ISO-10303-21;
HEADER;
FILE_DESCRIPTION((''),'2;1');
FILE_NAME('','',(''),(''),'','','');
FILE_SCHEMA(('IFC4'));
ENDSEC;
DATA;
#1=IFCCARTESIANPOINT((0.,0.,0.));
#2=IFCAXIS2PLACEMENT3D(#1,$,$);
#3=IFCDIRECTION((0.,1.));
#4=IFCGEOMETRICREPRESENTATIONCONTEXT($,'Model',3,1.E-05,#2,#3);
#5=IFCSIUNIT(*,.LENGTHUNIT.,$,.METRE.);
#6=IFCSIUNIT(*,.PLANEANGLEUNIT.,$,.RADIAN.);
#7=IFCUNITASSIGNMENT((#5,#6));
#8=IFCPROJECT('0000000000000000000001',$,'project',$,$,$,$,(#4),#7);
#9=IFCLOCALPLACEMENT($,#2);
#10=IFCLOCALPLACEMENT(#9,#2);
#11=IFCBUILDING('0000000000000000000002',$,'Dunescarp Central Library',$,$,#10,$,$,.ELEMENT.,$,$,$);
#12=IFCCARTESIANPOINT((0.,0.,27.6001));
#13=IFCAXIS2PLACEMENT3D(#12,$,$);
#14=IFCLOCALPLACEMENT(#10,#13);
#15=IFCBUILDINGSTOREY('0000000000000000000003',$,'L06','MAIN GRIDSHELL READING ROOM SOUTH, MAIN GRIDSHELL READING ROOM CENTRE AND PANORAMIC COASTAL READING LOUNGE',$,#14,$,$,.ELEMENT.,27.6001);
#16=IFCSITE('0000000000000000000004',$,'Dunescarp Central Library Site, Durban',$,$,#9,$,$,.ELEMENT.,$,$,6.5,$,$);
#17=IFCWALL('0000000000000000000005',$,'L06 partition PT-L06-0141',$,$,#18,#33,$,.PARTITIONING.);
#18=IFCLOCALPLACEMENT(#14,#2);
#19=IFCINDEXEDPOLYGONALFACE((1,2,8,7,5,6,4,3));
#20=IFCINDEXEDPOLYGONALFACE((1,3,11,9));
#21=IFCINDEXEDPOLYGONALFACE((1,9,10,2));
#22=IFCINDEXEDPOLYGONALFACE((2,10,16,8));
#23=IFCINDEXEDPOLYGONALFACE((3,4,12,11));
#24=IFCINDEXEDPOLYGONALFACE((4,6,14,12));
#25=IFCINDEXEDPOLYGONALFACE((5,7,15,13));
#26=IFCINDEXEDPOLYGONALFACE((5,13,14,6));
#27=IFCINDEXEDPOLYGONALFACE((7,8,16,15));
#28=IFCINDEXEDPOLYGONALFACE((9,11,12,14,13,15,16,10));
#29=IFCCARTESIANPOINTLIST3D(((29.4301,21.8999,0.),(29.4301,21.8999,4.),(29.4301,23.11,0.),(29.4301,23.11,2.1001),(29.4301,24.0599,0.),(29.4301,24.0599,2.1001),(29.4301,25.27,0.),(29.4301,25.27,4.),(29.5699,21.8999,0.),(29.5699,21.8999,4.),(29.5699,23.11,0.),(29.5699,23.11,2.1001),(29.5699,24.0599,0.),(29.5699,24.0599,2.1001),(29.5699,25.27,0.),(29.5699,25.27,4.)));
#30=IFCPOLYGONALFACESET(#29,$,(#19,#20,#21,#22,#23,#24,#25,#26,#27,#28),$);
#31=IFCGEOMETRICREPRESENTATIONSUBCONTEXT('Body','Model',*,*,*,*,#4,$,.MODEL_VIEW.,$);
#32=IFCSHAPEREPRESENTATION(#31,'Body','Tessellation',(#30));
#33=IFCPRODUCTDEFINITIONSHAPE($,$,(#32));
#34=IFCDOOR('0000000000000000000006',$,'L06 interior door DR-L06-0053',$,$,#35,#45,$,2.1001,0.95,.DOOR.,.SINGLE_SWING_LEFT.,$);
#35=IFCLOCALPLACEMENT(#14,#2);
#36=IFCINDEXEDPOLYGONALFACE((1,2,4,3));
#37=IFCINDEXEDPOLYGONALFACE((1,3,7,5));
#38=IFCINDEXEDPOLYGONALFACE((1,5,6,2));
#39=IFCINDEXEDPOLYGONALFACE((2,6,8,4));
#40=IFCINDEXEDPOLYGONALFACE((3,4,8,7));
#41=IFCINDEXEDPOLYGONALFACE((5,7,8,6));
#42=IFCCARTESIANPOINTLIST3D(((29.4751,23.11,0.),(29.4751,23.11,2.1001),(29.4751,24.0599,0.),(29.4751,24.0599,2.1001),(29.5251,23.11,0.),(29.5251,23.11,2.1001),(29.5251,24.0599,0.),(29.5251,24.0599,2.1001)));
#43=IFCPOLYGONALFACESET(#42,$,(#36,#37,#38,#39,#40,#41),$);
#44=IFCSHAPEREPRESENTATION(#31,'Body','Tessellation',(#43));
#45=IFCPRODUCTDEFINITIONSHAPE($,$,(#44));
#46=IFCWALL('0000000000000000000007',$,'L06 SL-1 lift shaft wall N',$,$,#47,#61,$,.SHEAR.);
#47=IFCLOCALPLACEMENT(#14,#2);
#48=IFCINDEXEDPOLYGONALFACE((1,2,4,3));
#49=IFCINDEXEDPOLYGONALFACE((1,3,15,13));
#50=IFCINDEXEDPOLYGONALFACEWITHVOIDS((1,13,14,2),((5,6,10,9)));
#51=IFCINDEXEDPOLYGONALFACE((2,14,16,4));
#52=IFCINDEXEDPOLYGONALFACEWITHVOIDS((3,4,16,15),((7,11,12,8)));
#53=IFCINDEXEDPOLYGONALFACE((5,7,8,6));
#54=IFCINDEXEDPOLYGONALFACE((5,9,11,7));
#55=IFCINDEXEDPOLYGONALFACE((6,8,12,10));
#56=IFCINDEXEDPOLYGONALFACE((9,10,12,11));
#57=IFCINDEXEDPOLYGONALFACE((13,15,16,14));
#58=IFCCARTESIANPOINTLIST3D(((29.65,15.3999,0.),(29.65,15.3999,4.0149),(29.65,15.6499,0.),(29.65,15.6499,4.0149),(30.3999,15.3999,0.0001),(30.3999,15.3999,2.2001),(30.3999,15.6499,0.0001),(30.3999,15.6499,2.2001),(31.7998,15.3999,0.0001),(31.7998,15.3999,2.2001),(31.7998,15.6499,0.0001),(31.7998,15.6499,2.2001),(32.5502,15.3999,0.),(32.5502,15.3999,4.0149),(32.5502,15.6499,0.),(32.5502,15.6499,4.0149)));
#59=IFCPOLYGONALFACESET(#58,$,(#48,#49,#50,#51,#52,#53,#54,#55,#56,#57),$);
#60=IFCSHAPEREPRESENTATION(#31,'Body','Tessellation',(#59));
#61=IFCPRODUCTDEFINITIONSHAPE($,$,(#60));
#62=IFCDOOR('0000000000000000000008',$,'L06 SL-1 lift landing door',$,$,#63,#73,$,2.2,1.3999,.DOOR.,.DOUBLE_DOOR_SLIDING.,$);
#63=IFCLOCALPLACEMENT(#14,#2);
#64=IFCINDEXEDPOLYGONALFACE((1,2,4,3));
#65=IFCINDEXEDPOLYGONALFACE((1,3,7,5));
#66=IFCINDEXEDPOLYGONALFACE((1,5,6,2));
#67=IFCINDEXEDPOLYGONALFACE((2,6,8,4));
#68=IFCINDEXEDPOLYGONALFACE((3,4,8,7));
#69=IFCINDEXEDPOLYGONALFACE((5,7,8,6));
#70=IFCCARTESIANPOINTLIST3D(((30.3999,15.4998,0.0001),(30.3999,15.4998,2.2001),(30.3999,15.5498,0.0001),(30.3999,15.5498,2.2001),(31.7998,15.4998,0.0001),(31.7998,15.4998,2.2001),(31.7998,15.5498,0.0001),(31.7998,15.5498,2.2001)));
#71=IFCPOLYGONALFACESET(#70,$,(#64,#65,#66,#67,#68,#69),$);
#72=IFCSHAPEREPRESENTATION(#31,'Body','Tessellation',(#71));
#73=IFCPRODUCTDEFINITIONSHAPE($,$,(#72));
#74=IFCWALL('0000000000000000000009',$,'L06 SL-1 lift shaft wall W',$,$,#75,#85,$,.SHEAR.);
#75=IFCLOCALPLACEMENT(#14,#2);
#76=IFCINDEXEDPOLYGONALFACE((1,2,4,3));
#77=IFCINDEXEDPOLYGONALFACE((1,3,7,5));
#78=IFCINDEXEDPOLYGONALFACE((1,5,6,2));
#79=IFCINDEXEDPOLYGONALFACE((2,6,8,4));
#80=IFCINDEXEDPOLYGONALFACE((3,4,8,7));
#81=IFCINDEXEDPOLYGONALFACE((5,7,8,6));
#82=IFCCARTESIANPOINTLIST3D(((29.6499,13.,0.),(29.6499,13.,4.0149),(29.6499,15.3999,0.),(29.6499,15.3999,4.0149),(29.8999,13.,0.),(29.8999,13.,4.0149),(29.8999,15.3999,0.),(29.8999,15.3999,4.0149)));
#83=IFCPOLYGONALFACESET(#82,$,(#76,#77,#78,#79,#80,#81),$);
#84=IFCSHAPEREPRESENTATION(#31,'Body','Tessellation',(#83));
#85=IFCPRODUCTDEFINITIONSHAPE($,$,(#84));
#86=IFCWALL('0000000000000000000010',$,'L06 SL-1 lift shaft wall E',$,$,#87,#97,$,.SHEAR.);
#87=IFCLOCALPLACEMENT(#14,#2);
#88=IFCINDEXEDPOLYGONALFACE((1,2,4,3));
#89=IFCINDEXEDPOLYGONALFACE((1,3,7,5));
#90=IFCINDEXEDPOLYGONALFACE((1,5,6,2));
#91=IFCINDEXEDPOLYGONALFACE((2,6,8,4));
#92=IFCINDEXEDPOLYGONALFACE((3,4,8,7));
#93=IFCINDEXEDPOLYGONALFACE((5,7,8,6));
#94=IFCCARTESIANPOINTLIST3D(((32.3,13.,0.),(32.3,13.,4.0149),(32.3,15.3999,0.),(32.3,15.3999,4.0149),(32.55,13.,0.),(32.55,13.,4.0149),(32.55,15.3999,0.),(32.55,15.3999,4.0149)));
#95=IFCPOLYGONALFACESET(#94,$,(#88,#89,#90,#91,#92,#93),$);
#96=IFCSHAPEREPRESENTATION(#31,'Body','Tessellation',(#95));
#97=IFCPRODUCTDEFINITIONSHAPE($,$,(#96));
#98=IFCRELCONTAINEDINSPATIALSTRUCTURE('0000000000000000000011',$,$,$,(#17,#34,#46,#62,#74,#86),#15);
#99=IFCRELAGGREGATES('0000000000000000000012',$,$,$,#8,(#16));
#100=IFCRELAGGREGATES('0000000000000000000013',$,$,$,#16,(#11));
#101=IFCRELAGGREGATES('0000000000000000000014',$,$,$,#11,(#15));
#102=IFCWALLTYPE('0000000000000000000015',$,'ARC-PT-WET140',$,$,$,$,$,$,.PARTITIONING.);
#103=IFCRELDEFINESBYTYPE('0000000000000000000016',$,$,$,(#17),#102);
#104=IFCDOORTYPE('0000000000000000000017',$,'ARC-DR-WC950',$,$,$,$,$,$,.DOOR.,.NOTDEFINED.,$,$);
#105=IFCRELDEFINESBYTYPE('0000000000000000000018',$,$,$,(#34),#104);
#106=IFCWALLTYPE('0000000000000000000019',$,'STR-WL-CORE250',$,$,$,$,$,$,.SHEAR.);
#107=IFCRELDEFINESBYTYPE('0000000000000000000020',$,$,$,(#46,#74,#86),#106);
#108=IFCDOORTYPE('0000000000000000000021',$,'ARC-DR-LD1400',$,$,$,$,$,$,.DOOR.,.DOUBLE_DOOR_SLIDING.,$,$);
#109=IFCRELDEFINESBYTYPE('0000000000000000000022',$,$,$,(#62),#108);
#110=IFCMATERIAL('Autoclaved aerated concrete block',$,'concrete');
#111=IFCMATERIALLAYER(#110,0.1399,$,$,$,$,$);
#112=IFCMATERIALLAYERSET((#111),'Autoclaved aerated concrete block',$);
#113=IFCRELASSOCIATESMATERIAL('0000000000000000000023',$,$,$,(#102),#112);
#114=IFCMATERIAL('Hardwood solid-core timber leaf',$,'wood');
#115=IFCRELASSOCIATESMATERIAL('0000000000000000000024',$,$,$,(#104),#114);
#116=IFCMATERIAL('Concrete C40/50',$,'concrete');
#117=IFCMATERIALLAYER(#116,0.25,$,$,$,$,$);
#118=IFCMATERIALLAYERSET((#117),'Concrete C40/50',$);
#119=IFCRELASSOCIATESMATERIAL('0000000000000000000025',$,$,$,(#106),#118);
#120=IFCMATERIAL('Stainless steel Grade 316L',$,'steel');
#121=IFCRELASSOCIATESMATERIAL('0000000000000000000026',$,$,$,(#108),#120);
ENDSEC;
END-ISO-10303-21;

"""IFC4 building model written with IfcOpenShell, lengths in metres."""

from ifc_helpers import new_model, si_unit, direction, frame, frame_2d, origin, place, context, subcontext, project, spatial, rectangle, extrude, material, layer, layer_set, type_object, element, fill, save


model = new_model("IFC4")

# Units and contexts
model_context = context("Model", 3, precision=1e-05, world=origin(), true_north=direction((0.0, 1.0)))
body_context = subcontext(model_context, "Body", "Model", "MODEL_VIEW")
ifc_project = project(units=[si_unit("LENGTHUNIT", "METRE"), si_unit("PLANEANGLEUNIT", "RADIAN")], contexts=[model_context])

# Site, building, storey
site_placement = place(None, origin())
site = spatial("IfcSite", under=ifc_project, at=site_placement, Name="Dunescarp Central Library Site, Durban", CompositionType="ELEMENT", RefElevation=6.5)
building_placement = place(site_placement, origin())
building = spatial("IfcBuilding", under=site, at=building_placement, Name="Dunescarp Central Library", CompositionType="ELEMENT")
storey_placement = place(building_placement, frame((0.0, 0.0, 27.6001)))
storey = spatial("IfcBuildingStorey", under=building, at=storey_placement, Name="L06", Description="MAIN GRIDSHELL READING ROOM SOUTH, MAIN GRIDSHELL READING ROOM CENTRE AND PANORAMIC COASTAL READING LOUNGE", CompositionType="ELEMENT", Elevation=27.6001)

# Shared definitions
ifc_material_1 = material(Name="Autoclaved aerated concrete block", Category="concrete")
ifc_layer_1 = layer(ifc_material_1, 0.1399)
ifc_layer_set_1 = layer_set([ifc_layer_1], Name="Autoclaved aerated concrete block")
wall_type_1 = type_object("IfcWallType", Name="ARC-PT-WET140", PredefinedType="PARTITIONING", material=ifc_layer_set_1)

# Shared definitions
ifc_material_2 = material(Name="Hardwood solid-core timber leaf", Category="wood")
door_type_1 = type_object("IfcDoorType", Name="ARC-DR-WC950", OperationType="NOTDEFINED", PredefinedType="DOOR", material=ifc_material_2)

# Walls, openings, doors
wall_1_placement = place(storey_placement, frame((29.5, 21.8999, 0.0), z_axis=(0.0, 0.0, 1.0), x_axis=(0.0, 1.0, 0.0)))
wall_1 = element("IfcWall", 1, at=wall_1_placement, inside=storey, type_object=wall_type_1, Name="L06 partition PT-L06-0141", PredefinedType="PARTITIONING", context=body_context, shape_type="SweptSolid", body=[
    extrude(rectangle(XDim=3.3701, YDim=0.1399, at=frame_2d((1.6851, 0.0))), origin(), (0.0, 0.0, 1.0), 4.0),
])
opening_1_placement = place(wall_1_placement, frame((1.21, 0.0, 0.0)))
opening_1 = element("IfcOpeningElement", 2, at=opening_1_placement, cuts=wall_1, PredefinedType="OPENING", context=body_context, shape_type="SweptSolid", body=[
    extrude(rectangle(XDim=0.95, YDim=2.1001, at=frame_2d((0.4751, 1.05))), frame((0.0, 0.0801, 0.0), z_axis=(0.0, -1.0, 0.0), x_axis=(1.0, 0.0, 0.0)), (0.0, 0.0, 1.0), 0.1599),
])
door_1_placement = place(opening_1_placement, origin())
door_1 = element("IfcDoor", 3, at=door_1_placement, inside=storey, type_object=door_type_1, Name="L06 interior door DR-L06-0053", OperationType="SINGLE_SWING_LEFT", OverallHeight=2.1001, OverallWidth=0.95, PredefinedType="DOOR", context=body_context, shape_type="SweptSolid", body=[
    extrude(rectangle(XDim=0.95, YDim=2.1001, at=frame_2d((0.4751, 1.05))), frame((0.0, 0.0249, 0.0), z_axis=(0.0, -1.0, 0.0), x_axis=(1.0, 0.0, 0.0)), (0.0, 0.0, 1.0), 0.05),
])
fill(opening_1, door_1)
ifc_material_3 = material(Name="Concrete C40/50", Category="concrete")
ifc_layer_2 = layer(ifc_material_3, 0.25)
ifc_layer_set_2 = layer_set([ifc_layer_2], Name="Concrete C40/50")
wall_type_2 = type_object("IfcWallType", Name="STR-WL-CORE250", PredefinedType="SHEAR", material=ifc_layer_set_2)
wall_2_placement = place(storey_placement, frame((29.6499, 15.5249, 0.0), z_axis=(0.0, 0.0, 1.0), x_axis=(1.0, 0.0, 0.0)))
wall_2 = element("IfcWall", 4, at=wall_2_placement, inside=storey, type_object=wall_type_2, Name="L06 SL-1 lift shaft wall N", PredefinedType="SHEAR", context=body_context, shape_type="SweptSolid", body=[
    extrude(rectangle(XDim=2.9001, YDim=0.25, at=frame_2d((1.4502, 0.0))), origin(), (0.0, 0.0, 1.0), 4.0149),
])
opening_2_placement = place(wall_2_placement, frame((0.75, 0.0, 0.0)))
opening_2 = element("IfcOpeningElement", 5, at=opening_2_placement, cuts=wall_2, PredefinedType="OPENING", context=body_context, shape_type="SweptSolid", body=[
    extrude(rectangle(XDim=1.3999, YDim=2.2, at=frame_2d((0.7, 1.1001))), frame((0.0, 0.135, 0.0), z_axis=(0.0, -1.0, 0.0), x_axis=(1.0, 0.0, 0.0)), (0.0, 0.0, 1.0), 0.27),
])
ifc_material_4 = material(Name="Stainless steel Grade 316L", Category="steel")
door_type_2 = type_object("IfcDoorType", Name="ARC-DR-LD1400", OperationType="DOUBLE_DOOR_SLIDING", PredefinedType="DOOR", material=ifc_material_4)
door_2_placement = place(opening_2_placement, origin())
door_2 = element("IfcDoor", 6, at=door_2_placement, inside=storey, type_object=door_type_2, Name="L06 SL-1 lift landing door", OperationType="DOUBLE_DOOR_SLIDING", OverallHeight=2.2, OverallWidth=1.3999, PredefinedType="DOOR", context=body_context, shape_type="SweptSolid", body=[
    extrude(rectangle(XDim=1.3999, YDim=2.2, at=frame_2d((0.7, 1.1001))), frame((0.0, 0.0249, 0.0), z_axis=(0.0, -1.0, 0.0), x_axis=(1.0, 0.0, 0.0)), (0.0, 0.0, 1.0), 0.05),
])
fill(opening_2, door_2)

# Walls
for number, where, z_axis, x_axis, name in (
    (7, (29.7749, 13.0, 0.0), (0.0, 0.0, 1.0), (0.0, 1.0, 0.0), "L06 SL-1 lift shaft wall W"),
    (8, (32.425, 15.3999, 0.0), (0.0, 0.0, 1.0), (0.0, -1.0, 0.0), "L06 SL-1 lift shaft wall E"),
):
    element("IfcWall", number, at=place(storey_placement, frame(where, z_axis=z_axis, x_axis=x_axis)), inside=storey, type_object=wall_type_2, Name=name, PredefinedType="SHEAR", context=body_context, shape_type="SweptSolid", body=[
        extrude(rectangle(XDim=2.3999, YDim=0.25, at=frame_2d((1.2, 0.0))), origin(), (0.0, 0.0, 1.0), 4.0149),
    ])

save(model, "model.ifc")
